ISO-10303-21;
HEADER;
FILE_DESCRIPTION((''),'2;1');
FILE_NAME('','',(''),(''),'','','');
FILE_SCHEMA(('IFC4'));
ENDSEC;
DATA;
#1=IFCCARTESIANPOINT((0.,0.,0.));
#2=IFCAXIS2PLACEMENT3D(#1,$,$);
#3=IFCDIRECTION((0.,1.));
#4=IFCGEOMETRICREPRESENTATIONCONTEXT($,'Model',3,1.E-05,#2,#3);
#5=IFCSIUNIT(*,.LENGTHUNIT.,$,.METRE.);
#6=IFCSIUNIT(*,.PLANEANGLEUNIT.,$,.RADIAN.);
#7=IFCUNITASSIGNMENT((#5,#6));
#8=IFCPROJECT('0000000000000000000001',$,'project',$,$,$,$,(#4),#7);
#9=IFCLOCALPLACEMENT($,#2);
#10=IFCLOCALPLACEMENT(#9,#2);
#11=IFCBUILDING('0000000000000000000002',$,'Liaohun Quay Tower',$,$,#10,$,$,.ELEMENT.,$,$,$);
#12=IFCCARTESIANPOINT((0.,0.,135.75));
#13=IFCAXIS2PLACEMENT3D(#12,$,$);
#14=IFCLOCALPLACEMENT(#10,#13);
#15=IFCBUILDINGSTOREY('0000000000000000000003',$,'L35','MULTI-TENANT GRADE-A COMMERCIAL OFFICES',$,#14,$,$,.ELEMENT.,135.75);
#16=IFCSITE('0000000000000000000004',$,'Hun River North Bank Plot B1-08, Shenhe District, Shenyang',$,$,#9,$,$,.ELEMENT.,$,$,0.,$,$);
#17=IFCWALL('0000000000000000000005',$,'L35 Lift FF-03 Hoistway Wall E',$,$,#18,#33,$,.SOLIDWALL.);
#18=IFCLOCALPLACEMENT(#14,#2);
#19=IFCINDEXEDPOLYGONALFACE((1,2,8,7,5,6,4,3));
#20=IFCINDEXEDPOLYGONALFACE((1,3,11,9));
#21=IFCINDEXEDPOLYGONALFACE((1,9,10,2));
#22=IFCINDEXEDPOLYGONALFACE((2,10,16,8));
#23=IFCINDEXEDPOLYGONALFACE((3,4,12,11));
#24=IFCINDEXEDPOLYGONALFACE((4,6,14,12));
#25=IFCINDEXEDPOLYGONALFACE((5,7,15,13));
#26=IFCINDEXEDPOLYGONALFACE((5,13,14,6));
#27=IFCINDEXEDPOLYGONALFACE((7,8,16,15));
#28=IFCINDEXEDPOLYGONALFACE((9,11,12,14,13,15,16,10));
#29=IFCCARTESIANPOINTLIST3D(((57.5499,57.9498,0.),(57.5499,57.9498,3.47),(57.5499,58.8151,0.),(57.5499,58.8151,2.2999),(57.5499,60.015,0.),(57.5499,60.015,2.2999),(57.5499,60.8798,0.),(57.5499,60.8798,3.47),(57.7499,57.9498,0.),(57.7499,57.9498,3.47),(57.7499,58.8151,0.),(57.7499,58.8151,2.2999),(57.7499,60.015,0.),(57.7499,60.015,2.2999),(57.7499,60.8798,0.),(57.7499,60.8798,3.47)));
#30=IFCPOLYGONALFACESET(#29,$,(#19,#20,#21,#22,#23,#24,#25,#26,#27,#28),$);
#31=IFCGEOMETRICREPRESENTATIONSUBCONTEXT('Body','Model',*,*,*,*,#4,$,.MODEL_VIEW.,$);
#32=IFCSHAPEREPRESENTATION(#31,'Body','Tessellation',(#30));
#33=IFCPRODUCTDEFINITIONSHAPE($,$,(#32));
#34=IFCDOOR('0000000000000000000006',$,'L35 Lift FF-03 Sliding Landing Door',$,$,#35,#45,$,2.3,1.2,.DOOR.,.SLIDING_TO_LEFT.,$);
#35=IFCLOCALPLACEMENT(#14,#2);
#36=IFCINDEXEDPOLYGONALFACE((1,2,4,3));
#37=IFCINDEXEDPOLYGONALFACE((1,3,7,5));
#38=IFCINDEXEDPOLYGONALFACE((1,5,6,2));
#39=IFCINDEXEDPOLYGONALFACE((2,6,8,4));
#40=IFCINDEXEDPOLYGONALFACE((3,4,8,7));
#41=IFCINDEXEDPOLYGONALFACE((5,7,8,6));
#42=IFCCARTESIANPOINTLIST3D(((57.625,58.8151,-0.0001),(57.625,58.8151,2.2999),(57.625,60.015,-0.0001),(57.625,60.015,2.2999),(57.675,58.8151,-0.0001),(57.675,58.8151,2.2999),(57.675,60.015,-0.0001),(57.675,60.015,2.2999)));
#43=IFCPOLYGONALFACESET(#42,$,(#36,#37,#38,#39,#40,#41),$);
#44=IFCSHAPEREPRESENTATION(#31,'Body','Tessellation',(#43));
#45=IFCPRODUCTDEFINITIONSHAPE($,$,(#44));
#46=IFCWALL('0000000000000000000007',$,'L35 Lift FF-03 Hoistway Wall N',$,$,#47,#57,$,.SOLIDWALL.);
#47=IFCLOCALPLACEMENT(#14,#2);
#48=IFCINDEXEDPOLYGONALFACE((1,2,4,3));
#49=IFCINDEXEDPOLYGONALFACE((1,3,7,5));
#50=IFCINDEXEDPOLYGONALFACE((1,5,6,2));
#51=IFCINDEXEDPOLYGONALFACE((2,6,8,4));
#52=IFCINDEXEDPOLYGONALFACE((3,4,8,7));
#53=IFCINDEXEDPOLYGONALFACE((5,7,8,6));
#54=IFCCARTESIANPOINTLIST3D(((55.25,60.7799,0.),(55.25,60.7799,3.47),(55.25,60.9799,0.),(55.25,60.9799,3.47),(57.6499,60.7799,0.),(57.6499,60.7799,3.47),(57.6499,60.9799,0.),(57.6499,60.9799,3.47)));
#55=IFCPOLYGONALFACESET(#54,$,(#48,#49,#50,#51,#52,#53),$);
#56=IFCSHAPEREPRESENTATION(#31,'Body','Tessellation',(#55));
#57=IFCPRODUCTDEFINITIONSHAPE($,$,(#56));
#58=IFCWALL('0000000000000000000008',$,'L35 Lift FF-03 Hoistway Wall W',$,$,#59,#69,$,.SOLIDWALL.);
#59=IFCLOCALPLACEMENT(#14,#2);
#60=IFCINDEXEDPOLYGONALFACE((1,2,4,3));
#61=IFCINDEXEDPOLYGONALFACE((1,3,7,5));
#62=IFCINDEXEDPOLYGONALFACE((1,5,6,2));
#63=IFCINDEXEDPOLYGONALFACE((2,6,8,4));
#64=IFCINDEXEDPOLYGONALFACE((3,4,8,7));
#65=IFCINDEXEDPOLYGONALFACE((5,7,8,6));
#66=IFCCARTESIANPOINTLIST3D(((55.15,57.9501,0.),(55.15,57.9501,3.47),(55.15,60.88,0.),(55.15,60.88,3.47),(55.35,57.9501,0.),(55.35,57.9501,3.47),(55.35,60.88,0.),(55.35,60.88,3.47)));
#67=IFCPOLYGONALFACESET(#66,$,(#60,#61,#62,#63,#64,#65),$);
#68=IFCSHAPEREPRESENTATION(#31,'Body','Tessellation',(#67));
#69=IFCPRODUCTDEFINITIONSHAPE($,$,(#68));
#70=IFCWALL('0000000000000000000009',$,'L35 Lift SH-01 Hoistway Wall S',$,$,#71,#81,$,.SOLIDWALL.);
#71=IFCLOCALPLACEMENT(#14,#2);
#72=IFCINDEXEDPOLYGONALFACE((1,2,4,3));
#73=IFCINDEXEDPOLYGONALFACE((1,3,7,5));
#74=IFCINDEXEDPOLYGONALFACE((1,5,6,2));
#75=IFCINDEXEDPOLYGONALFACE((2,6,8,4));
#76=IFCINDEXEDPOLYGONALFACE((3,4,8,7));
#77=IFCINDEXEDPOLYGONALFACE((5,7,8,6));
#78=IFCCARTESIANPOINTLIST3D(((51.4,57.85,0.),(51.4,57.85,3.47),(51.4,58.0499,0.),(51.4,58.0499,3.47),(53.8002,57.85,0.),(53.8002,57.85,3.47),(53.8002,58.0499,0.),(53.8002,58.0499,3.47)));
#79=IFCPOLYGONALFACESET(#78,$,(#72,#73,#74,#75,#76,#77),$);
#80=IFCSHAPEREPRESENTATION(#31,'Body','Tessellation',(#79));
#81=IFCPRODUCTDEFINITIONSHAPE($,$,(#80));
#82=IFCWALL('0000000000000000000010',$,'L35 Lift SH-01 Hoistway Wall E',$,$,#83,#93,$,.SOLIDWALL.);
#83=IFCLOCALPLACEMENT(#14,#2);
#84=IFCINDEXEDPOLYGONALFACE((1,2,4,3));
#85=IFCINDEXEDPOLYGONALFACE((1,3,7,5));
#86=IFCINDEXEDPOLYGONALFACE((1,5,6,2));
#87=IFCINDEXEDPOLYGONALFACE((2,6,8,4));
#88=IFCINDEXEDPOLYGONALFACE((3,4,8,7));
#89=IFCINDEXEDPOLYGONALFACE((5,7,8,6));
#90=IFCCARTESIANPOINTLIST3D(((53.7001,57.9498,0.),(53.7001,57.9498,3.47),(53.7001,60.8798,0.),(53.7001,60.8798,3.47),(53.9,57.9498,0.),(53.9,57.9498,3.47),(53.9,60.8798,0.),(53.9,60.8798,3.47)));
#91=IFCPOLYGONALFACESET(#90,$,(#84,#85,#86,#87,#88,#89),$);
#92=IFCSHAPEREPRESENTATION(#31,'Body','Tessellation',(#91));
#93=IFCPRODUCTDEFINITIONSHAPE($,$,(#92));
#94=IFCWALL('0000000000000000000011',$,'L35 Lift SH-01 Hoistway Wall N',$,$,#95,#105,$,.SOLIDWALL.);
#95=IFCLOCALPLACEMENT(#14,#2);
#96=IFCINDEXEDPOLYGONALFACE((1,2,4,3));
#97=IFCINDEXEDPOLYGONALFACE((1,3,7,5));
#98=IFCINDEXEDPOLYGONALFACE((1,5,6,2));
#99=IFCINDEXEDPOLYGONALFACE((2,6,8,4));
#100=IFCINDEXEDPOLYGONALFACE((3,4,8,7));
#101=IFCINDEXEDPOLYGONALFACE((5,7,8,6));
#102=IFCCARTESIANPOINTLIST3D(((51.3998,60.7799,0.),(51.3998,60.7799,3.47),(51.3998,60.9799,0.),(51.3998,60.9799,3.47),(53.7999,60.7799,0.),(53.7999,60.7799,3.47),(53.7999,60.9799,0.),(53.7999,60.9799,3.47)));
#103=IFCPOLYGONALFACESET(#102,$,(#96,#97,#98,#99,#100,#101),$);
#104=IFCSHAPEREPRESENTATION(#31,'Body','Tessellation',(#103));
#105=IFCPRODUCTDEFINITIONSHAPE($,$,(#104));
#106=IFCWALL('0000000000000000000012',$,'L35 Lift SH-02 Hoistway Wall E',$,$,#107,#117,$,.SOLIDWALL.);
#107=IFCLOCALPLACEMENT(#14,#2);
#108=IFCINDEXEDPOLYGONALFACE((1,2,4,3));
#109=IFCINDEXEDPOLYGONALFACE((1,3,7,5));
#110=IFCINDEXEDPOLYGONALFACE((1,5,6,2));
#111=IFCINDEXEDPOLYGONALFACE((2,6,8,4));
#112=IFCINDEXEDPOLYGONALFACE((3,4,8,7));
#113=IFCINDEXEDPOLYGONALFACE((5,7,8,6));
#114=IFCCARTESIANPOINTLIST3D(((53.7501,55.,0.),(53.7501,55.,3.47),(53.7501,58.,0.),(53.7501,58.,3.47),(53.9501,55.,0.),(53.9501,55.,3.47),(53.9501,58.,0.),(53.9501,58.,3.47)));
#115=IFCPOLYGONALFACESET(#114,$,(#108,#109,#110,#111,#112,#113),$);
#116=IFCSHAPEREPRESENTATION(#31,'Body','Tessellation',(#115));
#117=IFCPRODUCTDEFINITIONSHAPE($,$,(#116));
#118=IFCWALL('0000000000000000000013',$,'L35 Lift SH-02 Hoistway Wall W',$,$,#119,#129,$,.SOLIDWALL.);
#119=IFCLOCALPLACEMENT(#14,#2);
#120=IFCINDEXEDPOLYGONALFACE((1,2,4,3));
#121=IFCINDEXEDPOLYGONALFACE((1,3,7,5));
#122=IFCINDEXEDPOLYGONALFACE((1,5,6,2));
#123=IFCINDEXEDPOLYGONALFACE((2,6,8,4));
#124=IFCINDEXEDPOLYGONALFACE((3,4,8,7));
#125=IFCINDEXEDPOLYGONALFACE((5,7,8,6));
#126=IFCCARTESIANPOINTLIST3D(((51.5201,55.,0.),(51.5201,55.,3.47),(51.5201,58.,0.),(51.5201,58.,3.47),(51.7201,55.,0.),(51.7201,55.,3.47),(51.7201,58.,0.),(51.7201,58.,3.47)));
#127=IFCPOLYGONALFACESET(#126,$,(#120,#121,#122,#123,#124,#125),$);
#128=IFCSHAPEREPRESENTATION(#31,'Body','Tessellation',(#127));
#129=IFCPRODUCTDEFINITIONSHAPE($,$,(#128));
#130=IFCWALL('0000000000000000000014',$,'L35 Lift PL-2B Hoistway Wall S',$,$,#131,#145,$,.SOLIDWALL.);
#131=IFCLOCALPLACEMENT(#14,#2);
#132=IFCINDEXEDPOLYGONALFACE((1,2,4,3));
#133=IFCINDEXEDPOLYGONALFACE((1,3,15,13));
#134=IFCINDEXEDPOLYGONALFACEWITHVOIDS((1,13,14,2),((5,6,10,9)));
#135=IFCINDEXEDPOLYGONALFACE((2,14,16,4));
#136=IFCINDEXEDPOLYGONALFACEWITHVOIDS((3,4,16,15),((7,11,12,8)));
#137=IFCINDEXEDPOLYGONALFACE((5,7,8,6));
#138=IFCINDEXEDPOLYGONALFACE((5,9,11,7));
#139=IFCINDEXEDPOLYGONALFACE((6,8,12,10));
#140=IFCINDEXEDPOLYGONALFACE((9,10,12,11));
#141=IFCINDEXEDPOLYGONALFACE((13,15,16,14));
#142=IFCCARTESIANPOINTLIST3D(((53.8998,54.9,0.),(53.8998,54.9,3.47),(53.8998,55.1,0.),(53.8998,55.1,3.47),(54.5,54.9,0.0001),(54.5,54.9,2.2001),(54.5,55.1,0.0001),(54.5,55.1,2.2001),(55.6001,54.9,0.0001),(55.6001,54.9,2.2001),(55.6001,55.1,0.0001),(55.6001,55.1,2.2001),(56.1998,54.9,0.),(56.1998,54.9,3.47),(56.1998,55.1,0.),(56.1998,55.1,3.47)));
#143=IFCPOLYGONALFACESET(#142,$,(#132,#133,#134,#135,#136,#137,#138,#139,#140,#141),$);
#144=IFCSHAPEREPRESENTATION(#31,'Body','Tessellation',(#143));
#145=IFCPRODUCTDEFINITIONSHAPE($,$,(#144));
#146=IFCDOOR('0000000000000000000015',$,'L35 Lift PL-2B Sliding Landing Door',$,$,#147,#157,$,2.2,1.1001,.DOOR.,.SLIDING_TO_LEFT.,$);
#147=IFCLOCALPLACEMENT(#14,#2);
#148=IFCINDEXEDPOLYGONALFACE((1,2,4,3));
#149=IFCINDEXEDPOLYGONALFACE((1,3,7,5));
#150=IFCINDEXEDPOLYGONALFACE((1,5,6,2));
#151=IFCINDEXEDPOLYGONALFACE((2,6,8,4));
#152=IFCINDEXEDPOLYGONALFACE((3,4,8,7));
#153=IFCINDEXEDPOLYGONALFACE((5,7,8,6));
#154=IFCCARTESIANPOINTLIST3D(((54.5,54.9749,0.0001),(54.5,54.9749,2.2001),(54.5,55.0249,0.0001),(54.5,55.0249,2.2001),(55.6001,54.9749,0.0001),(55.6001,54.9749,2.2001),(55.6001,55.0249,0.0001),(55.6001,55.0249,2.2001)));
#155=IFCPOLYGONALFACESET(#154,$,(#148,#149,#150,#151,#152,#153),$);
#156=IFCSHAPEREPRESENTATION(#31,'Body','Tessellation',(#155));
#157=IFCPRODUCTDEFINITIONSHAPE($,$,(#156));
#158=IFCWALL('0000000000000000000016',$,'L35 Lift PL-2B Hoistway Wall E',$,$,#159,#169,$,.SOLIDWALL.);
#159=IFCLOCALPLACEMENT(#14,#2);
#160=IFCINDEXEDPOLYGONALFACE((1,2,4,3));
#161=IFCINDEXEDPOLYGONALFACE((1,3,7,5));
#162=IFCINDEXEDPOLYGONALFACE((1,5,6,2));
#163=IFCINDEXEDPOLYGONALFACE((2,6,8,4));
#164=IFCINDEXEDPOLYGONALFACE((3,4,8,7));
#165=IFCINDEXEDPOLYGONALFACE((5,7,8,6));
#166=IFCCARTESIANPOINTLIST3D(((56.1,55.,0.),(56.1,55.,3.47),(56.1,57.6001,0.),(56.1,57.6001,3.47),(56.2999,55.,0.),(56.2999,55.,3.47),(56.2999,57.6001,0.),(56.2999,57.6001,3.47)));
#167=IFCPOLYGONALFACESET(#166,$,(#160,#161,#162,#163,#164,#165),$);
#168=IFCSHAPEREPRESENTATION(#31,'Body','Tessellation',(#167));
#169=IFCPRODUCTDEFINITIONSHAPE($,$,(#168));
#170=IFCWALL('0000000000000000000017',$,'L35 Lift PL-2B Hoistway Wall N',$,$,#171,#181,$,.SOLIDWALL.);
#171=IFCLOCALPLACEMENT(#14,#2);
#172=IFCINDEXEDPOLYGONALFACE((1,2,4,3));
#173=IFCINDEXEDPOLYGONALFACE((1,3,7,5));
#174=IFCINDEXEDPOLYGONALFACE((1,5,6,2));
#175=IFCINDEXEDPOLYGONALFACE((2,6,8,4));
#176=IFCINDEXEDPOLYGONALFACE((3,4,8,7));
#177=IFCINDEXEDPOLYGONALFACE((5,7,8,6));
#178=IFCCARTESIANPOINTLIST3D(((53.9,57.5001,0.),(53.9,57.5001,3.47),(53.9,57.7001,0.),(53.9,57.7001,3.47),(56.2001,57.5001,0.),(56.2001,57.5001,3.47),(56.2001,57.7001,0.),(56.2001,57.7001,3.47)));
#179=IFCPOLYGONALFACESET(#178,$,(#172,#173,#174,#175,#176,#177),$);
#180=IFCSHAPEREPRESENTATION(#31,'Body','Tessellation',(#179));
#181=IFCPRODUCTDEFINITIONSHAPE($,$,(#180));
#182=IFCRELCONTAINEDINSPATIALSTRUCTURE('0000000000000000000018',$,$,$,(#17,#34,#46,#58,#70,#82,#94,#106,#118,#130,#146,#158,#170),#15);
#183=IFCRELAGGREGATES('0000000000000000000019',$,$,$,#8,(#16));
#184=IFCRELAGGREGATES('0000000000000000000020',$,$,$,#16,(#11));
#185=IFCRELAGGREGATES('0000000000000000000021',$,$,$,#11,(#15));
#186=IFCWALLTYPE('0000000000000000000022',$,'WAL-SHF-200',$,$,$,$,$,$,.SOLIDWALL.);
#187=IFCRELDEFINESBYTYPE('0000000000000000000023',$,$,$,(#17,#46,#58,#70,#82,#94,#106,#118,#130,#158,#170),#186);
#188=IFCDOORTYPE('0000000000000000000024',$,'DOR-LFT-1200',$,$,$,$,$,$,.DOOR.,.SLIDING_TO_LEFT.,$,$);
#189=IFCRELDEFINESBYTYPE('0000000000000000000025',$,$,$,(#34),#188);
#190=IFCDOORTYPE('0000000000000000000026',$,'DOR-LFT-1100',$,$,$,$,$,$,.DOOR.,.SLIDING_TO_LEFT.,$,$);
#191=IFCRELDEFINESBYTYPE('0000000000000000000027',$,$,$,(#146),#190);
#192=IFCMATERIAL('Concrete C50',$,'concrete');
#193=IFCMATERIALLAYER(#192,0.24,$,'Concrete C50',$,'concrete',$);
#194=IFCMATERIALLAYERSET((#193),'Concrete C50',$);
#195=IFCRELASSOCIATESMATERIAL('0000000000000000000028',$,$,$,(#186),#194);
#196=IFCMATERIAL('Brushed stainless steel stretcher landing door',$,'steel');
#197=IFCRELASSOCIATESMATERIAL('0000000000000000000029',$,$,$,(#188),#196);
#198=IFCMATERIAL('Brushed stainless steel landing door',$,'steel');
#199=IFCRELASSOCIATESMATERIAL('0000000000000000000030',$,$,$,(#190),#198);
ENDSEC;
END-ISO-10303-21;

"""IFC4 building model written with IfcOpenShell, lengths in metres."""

from ifc_helpers import new_model, si_unit, direction, frame, frame_2d, origin, place, context, subcontext, project, spatial, rectangle, extrude, source, transform, mapped, material, layer, layer_set, type_object, element, fill, save


model = new_model("IFC4")

# Units and contexts
model_context = context("Model", 3, precision=1e-05, world=origin(), true_north=direction((0.0, 1.0)))
body_context = subcontext(model_context, "Body", "Model", "MODEL_VIEW")
ifc_project = project(units=[si_unit("LENGTHUNIT", "METRE"), si_unit("PLANEANGLEUNIT", "RADIAN")], contexts=[model_context])

# Site, building, storey
site_placement = place(None, origin())
site = spatial("IfcSite", under=ifc_project, at=site_placement, Name="Hun River North Bank Plot B1-08, Shenhe District, Shenyang", CompositionType="ELEMENT", RefElevation=0.0)
building_placement = place(site_placement, origin())
building = spatial("IfcBuilding", under=site, at=building_placement, Name="Liaohun Quay Tower", CompositionType="ELEMENT")
storey_placement = place(building_placement, frame((0.0, 0.0, 135.75)))
storey = spatial("IfcBuildingStorey", under=building, at=storey_placement, Name="L35", Description="MULTI-TENANT GRADE-A COMMERCIAL OFFICES", CompositionType="ELEMENT", Elevation=135.75)

# Shared definitions
ifc_material_1 = material(Name="Concrete C50", Category="concrete")
ifc_layer_1 = layer(ifc_material_1, 0.24, Name="Concrete C50", Category="concrete")
ifc_layer_set_1 = layer_set([ifc_layer_1], Name="Concrete C50")
wall_type_1 = type_object("IfcWallType", Name="WAL-SHF-200", PredefinedType="SOLIDWALL", material=ifc_layer_set_1)

# Wall, opening, door
wall_1_placement = place(storey_placement, frame((57.6499, 57.95, 0.0), z_axis=(0.0, 0.0, 1.0), x_axis=(0.0, 1.0, 0.0)))
wall_1 = element("IfcWall", 1, at=wall_1_placement, inside=storey, type_object=wall_type_1, Name="L35 Lift FF-03 Hoistway Wall E", PredefinedType="SOLIDWALL", context=body_context, shape_type="SweptSolid", body=[
    extrude(rectangle(XDim=2.9299, YDim=0.2, at=frame_2d((1.4648, 0.0))), origin(), (0.0, 0.0, 1.0), 3.47),
])
shared_shape_1 = source(origin(), body_context, "Body", "SweptSolid", [
    extrude(rectangle(XDim=1.2, YDim=2.3, at=frame_2d((0.6001, 1.1499))), frame((0.0, 0.1099, 0.0), z_axis=(0.0, -1.0, 0.0), x_axis=(1.0, 0.0, 0.0)), (0.0, 0.0, 1.0), 0.22),
])
opening_1_placement = place(wall_1_placement, frame((0.865, 0.0, 0.0)))
opening_1 = element("IfcOpeningElement", 2, at=opening_1_placement, cuts=wall_1, PredefinedType="OPENING", context=body_context, shape_type="MappedRepresentation", body=[
    mapped(shared_shape_1, transform((0.0, 0.0, 0.0), x_axis=(1.0, 0.0, 0.0), y_axis=(0.0, 1.0, 0.0), z_axis=(0.0, 0.0, 1.0), scale=1.0)),
])
ifc_material_2 = material(Name="Brushed stainless steel stretcher landing door", Category="steel")
door_type_1 = type_object("IfcDoorType", Name="DOR-LFT-1200", OperationType="SLIDING_TO_LEFT", PredefinedType="DOOR", material=ifc_material_2)
shared_shape_2 = source(origin(), body_context, "Body", "SweptSolid", [
    extrude(rectangle(XDim=1.2, YDim=2.3, at=frame_2d((0.6001, 1.1499))), frame((0.0, 0.0249, 0.0), z_axis=(0.0, -1.0, 0.0), x_axis=(1.0, 0.0, 0.0)), (0.0, 0.0, 1.0), 0.05),
])
door_1_placement = place(opening_1_placement, origin())
door_1 = element("IfcDoor", 3, at=door_1_placement, inside=storey, type_object=door_type_1, Name="L35 Lift FF-03 Sliding Landing Door", OperationType="SLIDING_TO_LEFT", OverallHeight=2.3, OverallWidth=1.2, PredefinedType="DOOR", context=body_context, shape_type="MappedRepresentation", body=[
    mapped(shared_shape_2, transform((0.0, 0.0, 0.0), x_axis=(1.0, 0.0, 0.0), y_axis=(0.0, 1.0, 0.0), z_axis=(0.0, 0.0, 1.0), scale=1.0)),
])
fill(opening_1, door_1)

# Walls
wall_2_placement = place(storey_placement, frame((57.6499, 60.8799, 0.0), z_axis=(0.0, 0.0, 1.0), x_axis=(-1.0, 0.0, 0.0)))
element("IfcWall", 4, at=wall_2_placement, inside=storey, type_object=wall_type_1, Name="L35 Lift FF-03 Hoistway Wall N", PredefinedType="SOLIDWALL", context=body_context, shape_type="SweptSolid", body=[
    extrude(rectangle(XDim=2.3999, YDim=0.2, at=frame_2d((1.2, 0.0))), origin(), (0.0, 0.0, 1.0), 3.47),
])
wall_3_placement = place(storey_placement, frame((55.25, 60.8799, 0.0), z_axis=(0.0, 0.0, 1.0), x_axis=(0.0, -1.0, 0.0)))
element("IfcWall", 5, at=wall_3_placement, inside=storey, type_object=wall_type_1, Name="L35 Lift FF-03 Hoistway Wall W", PredefinedType="SOLIDWALL", context=body_context, shape_type="SweptSolid", body=[
    extrude(rectangle(XDim=2.9299, YDim=0.2, at=frame_2d((1.4648, 0.0))), origin(), (0.0, 0.0, 1.0), 3.47),
])
wall_4_placement = place(storey_placement, frame((51.3999, 57.95, 0.0), z_axis=(0.0, 0.0, 1.0), x_axis=(1.0, 0.0, 0.0)))
element("IfcWall", 6, at=wall_4_placement, inside=storey, type_object=wall_type_1, Name="L35 Lift SH-01 Hoistway Wall S", PredefinedType="SOLIDWALL", context=body_context, shape_type="SweptSolid", body=[
    extrude(rectangle(XDim=2.4001, YDim=0.2, at=frame_2d((1.2002, 0.0))), origin(), (0.0, 0.0, 1.0), 3.47),
])
wall_5_placement = place(storey_placement, frame((53.8, 57.95, 0.0), z_axis=(0.0, 0.0, 1.0), x_axis=(0.0, 1.0, 0.0)))
element("IfcWall", 7, at=wall_5_placement, inside=storey, type_object=wall_type_1, Name="L35 Lift SH-01 Hoistway Wall E", PredefinedType="SOLIDWALL", context=body_context, shape_type="SweptSolid", body=[
    extrude(rectangle(XDim=2.9299, YDim=0.2, at=frame_2d((1.4648, 0.0))), origin(), (0.0, 0.0, 1.0), 3.47),
])
wall_6_placement = place(storey_placement, frame((53.8, 60.8799, 0.0), z_axis=(0.0, 0.0, 1.0), x_axis=(-1.0, 0.0, 0.0)))
element("IfcWall", 8, at=wall_6_placement, inside=storey, type_object=wall_type_1, Name="L35 Lift SH-01 Hoistway Wall N", PredefinedType="SOLIDWALL", context=body_context, shape_type="SweptSolid", body=[
    extrude(rectangle(XDim=2.4001, YDim=0.2, at=frame_2d((1.2002, 0.0))), origin(), (0.0, 0.0, 1.0), 3.47),
])
for number, where, z_axis, x_axis, name in (
    (9, (53.8501, 55.0, 0.0), (0.0, 0.0, 1.0), (0.0, 1.0, 0.0), "L35 Lift SH-02 Hoistway Wall E"),
    (10, (51.6201, 58.0, 0.0), (0.0, 0.0, 1.0), (0.0, -1.0, 0.0), "L35 Lift SH-02 Hoistway Wall W"),
):
    element("IfcWall", number, at=place(storey_placement, frame(where, z_axis=z_axis, x_axis=x_axis)), inside=storey, type_object=wall_type_1, Name=name, PredefinedType="SOLIDWALL", context=body_context, shape_type="SweptSolid", body=[
        extrude(rectangle(XDim=3.0, YDim=0.2, at=frame_2d((1.5, 0.0))), origin(), (0.0, 0.0, 1.0), 3.47),
    ])

# Wall, opening, door
wall_7_placement = place(storey_placement, frame((53.8999, 55.0, 0.0), z_axis=(0.0, 0.0, 1.0), x_axis=(1.0, 0.0, 0.0)))
wall_7 = element("IfcWall", 11, at=wall_7_placement, inside=storey, type_object=wall_type_1, Name="L35 Lift PL-2B Hoistway Wall S", PredefinedType="SOLIDWALL", context=body_context, shape_type="SweptSolid", body=[
    extrude(rectangle(XDim=2.3, YDim=0.2, at=frame_2d((1.1499, 0.0))), origin(), (0.0, 0.0, 1.0), 3.47),
])
shared_shape_3 = source(origin(), body_context, "Body", "SweptSolid", [
    extrude(rectangle(XDim=1.1001, YDim=2.2, at=frame_2d((0.55, 1.1001))), frame((0.0, 0.1099, 0.0), z_axis=(0.0, -1.0, 0.0), x_axis=(1.0, 0.0, 0.0)), (0.0, 0.0, 1.0), 0.22),
])
opening_2_placement = place(wall_7_placement, frame((0.6001, 0.0, 0.0)))
opening_2 = element("IfcOpeningElement", 12, at=opening_2_placement, cuts=wall_7, PredefinedType="OPENING", context=body_context, shape_type="MappedRepresentation", body=[
    mapped(shared_shape_3, transform((0.0, 0.0, 0.0), x_axis=(1.0, 0.0, 0.0), y_axis=(0.0, 1.0, 0.0), z_axis=(0.0, 0.0, 1.0), scale=1.0)),
])
ifc_material_3 = material(Name="Brushed stainless steel landing door", Category="steel")
door_type_2 = type_object("IfcDoorType", Name="DOR-LFT-1100", OperationType="SLIDING_TO_LEFT", PredefinedType="DOOR", material=ifc_material_3)
shared_shape_4 = source(origin(), body_context, "Body", "SweptSolid", [
    extrude(rectangle(XDim=1.1001, YDim=2.2, at=frame_2d((0.55, 1.1001))), frame((0.0, 0.0249, 0.0), z_axis=(0.0, -1.0, 0.0), x_axis=(1.0, 0.0, 0.0)), (0.0, 0.0, 1.0), 0.05),
])
door_2_placement = place(opening_2_placement, origin())
door_2 = element("IfcDoor", 13, at=door_2_placement, inside=storey, type_object=door_type_2, Name="L35 Lift PL-2B Sliding Landing Door", OperationType="SLIDING_TO_LEFT", OverallHeight=2.2, OverallWidth=1.1001, PredefinedType="DOOR", context=body_context, shape_type="MappedRepresentation", body=[
    mapped(shared_shape_4, transform((0.0, 0.0, 0.0), x_axis=(1.0, 0.0, 0.0), y_axis=(0.0, 1.0, 0.0), z_axis=(0.0, 0.0, 1.0), scale=1.0)),
])
fill(opening_2, door_2)

# Walls
wall_8_placement = place(storey_placement, frame((56.2, 55.0, 0.0), z_axis=(0.0, 0.0, 1.0), x_axis=(0.0, 1.0, 0.0)))
element("IfcWall", 14, at=wall_8_placement, inside=storey, type_object=wall_type_1, Name="L35 Lift PL-2B Hoistway Wall E", PredefinedType="SOLIDWALL", context=body_context, shape_type="SweptSolid", body=[
    extrude(rectangle(XDim=2.6001, YDim=0.2, at=frame_2d((1.3, 0.0))), origin(), (0.0, 0.0, 1.0), 3.47),
])
wall_9_placement = place(storey_placement, frame((56.2, 57.6001, 0.0), z_axis=(0.0, 0.0, 1.0), x_axis=(-1.0, 0.0, 0.0)))
element("IfcWall", 15, at=wall_9_placement, inside=storey, type_object=wall_type_1, Name="L35 Lift PL-2B Hoistway Wall N", PredefinedType="SOLIDWALL", context=body_context, shape_type="SweptSolid", body=[
    extrude(rectangle(XDim=2.3, YDim=0.2, at=frame_2d((1.1499, 0.0))), origin(), (0.0, 0.0, 1.0), 3.47),
])

save(model, "model.ifc")
